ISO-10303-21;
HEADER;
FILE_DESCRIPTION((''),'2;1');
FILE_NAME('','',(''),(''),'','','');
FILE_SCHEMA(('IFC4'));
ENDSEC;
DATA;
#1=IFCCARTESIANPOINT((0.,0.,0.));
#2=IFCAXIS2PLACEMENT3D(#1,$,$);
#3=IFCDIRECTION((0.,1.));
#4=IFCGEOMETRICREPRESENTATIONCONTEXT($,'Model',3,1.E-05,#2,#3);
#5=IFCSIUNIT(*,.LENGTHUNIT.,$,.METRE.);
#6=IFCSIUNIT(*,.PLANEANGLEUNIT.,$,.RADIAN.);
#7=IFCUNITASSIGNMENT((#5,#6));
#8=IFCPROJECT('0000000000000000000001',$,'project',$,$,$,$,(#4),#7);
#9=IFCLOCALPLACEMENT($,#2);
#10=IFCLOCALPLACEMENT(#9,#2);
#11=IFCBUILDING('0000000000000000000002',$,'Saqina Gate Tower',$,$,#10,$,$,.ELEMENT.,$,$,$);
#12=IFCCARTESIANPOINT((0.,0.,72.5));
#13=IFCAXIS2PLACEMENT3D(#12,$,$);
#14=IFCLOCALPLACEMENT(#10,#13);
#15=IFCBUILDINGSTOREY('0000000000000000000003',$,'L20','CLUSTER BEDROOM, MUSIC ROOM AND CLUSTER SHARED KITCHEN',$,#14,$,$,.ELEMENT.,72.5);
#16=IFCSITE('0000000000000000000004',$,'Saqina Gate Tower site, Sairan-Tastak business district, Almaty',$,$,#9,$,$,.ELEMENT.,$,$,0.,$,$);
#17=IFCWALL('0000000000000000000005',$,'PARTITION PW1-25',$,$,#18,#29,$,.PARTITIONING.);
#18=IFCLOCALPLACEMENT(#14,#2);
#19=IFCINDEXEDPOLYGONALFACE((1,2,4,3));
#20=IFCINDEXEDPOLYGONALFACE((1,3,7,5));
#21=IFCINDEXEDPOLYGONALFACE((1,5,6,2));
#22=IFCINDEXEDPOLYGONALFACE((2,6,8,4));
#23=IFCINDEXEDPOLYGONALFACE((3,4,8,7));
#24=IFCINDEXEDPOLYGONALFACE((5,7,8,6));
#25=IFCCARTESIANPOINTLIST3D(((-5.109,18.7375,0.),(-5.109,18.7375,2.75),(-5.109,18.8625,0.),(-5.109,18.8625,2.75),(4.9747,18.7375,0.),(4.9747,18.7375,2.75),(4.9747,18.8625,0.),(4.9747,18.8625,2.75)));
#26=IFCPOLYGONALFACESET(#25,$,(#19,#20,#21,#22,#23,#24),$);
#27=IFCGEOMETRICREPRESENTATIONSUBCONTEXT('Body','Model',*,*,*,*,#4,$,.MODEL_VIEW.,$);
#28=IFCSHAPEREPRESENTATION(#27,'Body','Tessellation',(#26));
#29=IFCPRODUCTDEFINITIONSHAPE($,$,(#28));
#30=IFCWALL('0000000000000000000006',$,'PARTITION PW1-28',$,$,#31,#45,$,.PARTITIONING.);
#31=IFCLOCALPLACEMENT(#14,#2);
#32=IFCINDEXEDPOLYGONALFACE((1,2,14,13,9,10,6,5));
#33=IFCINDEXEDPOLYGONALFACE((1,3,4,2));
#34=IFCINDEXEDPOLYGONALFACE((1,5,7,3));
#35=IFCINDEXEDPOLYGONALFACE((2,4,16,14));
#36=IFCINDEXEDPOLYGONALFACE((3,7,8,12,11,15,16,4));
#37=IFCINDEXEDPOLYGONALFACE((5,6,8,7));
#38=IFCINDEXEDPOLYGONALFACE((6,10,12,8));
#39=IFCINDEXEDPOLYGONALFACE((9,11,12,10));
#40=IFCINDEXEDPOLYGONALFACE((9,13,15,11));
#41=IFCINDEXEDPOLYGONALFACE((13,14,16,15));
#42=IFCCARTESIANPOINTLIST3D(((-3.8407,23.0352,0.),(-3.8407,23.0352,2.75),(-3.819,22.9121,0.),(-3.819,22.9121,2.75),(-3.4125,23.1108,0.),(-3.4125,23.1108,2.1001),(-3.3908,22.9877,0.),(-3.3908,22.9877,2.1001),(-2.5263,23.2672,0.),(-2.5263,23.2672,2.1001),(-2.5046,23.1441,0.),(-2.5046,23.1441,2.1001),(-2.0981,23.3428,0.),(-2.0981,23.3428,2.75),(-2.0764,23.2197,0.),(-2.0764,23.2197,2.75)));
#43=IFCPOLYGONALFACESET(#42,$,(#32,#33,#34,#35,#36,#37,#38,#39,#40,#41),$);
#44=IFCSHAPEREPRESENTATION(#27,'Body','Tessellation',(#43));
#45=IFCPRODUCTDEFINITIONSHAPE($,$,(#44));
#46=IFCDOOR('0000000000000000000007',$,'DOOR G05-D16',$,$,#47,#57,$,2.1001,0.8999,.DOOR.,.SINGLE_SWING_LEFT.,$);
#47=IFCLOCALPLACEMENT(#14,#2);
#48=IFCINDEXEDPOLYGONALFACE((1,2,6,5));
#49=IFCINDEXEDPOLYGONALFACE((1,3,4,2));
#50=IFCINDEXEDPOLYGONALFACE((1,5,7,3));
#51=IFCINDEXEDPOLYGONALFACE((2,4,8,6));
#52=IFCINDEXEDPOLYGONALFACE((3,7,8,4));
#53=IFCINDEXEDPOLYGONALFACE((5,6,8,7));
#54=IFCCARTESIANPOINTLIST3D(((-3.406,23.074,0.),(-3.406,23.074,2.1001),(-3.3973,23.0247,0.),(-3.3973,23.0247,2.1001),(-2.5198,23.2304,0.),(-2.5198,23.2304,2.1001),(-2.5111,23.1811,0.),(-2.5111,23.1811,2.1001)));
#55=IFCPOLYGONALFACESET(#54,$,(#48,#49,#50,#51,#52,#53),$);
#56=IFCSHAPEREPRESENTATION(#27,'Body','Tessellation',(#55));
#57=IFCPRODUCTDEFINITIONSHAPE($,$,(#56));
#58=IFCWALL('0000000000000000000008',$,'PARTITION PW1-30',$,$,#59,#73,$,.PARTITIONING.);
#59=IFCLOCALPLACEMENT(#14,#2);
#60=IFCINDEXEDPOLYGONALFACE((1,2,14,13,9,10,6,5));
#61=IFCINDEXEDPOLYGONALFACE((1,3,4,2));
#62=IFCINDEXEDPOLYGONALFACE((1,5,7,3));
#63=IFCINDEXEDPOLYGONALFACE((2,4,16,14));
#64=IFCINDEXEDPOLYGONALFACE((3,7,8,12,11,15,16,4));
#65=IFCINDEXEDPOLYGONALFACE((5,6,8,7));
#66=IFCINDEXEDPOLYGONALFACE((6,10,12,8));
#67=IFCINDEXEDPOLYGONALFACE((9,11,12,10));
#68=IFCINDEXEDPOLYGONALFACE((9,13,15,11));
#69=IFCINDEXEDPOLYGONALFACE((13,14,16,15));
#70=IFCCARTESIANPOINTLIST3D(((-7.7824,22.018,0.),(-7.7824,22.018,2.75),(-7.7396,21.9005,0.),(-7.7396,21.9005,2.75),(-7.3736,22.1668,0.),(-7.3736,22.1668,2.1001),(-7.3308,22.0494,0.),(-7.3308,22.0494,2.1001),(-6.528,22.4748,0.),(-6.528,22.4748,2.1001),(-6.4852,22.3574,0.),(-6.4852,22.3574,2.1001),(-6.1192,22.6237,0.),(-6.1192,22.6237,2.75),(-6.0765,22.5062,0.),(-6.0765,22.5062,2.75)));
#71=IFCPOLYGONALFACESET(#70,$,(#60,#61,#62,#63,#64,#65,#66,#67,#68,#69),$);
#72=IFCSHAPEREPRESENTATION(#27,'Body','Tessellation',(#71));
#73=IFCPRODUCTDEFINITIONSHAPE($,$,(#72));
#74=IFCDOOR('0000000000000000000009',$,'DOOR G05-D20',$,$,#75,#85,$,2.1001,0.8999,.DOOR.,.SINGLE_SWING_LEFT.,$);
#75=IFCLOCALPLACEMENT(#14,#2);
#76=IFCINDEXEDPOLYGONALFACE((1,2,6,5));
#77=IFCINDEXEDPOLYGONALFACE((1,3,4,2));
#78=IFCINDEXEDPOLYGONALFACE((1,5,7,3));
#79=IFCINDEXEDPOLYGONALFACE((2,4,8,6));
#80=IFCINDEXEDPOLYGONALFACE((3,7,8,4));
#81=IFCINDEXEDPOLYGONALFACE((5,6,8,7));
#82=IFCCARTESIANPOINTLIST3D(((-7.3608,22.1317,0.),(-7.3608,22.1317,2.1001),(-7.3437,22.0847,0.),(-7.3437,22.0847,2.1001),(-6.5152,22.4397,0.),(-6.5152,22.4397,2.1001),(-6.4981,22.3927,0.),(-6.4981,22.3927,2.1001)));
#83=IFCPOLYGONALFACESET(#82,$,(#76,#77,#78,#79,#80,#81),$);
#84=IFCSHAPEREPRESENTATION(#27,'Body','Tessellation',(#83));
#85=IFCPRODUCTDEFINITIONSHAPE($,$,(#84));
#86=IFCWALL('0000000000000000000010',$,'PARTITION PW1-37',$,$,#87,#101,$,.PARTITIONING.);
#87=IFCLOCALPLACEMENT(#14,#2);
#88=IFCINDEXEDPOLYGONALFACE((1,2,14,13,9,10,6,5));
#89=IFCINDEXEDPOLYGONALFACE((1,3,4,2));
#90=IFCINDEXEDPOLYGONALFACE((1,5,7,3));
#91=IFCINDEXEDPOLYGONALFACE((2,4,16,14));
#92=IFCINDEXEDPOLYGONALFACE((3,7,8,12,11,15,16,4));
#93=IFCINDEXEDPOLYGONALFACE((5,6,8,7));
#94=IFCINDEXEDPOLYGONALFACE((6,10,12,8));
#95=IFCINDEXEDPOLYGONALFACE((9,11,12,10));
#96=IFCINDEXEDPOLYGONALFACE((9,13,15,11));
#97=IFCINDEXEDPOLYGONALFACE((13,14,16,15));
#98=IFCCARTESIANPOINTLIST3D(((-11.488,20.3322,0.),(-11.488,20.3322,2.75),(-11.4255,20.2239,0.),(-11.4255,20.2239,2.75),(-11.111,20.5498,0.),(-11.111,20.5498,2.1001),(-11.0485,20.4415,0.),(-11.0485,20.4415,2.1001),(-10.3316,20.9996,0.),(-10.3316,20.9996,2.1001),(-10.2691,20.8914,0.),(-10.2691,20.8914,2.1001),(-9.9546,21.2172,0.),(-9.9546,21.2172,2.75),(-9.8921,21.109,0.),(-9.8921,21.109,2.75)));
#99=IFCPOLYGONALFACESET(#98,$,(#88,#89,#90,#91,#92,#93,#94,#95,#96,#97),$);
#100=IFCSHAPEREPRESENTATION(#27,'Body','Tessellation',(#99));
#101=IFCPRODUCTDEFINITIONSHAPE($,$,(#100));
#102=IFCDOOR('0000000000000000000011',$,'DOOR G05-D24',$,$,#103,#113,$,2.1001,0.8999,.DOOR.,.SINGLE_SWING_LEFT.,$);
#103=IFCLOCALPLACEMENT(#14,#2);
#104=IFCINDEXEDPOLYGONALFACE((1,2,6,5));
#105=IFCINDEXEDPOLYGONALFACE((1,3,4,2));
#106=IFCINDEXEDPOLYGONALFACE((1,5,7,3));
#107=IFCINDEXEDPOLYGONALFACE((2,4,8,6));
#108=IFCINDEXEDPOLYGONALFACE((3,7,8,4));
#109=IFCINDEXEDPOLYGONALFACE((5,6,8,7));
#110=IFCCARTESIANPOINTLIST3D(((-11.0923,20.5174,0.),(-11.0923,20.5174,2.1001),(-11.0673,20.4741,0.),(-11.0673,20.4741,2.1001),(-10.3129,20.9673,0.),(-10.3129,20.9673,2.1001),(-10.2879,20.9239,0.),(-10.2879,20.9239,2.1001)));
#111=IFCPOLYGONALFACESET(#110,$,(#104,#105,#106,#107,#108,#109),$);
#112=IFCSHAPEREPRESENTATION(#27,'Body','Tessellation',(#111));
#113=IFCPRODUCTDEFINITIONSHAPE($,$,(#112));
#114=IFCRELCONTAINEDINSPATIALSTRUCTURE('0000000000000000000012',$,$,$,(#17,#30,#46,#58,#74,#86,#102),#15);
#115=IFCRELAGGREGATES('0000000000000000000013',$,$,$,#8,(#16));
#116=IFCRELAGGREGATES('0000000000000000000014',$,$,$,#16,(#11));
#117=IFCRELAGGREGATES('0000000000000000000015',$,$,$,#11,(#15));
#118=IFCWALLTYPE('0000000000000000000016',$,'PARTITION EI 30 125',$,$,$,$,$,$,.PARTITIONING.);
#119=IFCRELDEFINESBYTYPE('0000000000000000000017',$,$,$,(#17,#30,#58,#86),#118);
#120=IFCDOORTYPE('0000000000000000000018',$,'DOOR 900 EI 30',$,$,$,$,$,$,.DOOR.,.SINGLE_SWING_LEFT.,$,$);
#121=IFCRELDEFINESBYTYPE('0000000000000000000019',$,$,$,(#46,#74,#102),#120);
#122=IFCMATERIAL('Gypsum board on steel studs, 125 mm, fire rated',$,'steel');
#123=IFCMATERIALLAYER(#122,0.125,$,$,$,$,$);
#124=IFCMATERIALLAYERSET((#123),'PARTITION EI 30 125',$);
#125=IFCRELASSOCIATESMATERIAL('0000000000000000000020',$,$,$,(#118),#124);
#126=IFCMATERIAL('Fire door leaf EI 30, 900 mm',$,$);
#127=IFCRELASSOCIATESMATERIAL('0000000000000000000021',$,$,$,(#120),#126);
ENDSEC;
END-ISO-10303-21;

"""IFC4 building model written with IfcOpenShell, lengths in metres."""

from ifc_helpers import new_model, si_unit, direction, frame, frame_2d, origin, place, context, subcontext, project, spatial, rectangle, extrude, material, layer, layer_set, type_object, element, fill, save


model = new_model("IFC4")

# Units and contexts
model_context = context("Model", 3, precision=1e-05, world=origin(), true_north=direction((0.0, 1.0)))
body_context = subcontext(model_context, "Body", "Model", "MODEL_VIEW")
ifc_project = project(units=[si_unit("LENGTHUNIT", "METRE"), si_unit("PLANEANGLEUNIT", "RADIAN")], contexts=[model_context])

# Site, building, storey
site_placement = place(None, origin())
site = spatial("IfcSite", under=ifc_project, at=site_placement, Name="Saqina Gate Tower site, Sairan-Tastak business district, Almaty", CompositionType="ELEMENT", RefElevation=0.0)
building_placement = place(site_placement, origin())
building = spatial("IfcBuilding", under=site, at=building_placement, Name="Saqina Gate Tower", CompositionType="ELEMENT")
storey_placement = place(building_placement, frame((0.0, 0.0, 72.5)))
storey = spatial("IfcBuildingStorey", under=building, at=storey_placement, Name="L20", Description="CLUSTER BEDROOM, MUSIC ROOM AND CLUSTER SHARED KITCHEN", CompositionType="ELEMENT", Elevation=72.5)

# Shared definitions
ifc_material_1 = material(Name="Gypsum board on steel studs, 125 mm, fire rated", Category="steel")
ifc_layer_1 = layer(ifc_material_1, 0.125)
ifc_layer_set_1 = layer_set([ifc_layer_1], Name="PARTITION EI 30 125")
wall_type_1 = type_object("IfcWallType", Name="PARTITION EI 30 125", PredefinedType="PARTITIONING", material=ifc_layer_set_1)
ifc_material_2 = material(Name="Fire door leaf EI 30, 900 mm")
door_type_1 = type_object("IfcDoorType", Name="DOOR 900 EI 30", OperationType="SINGLE_SWING_LEFT", PredefinedType="DOOR", material=ifc_material_2)

# Wall
wall_1_placement = place(storey_placement, frame((-5.1091, 18.8, 0.0), z_axis=(0.0, 0.0, 1.0), x_axis=(1.0, 0.0, 0.0)))
element("IfcWall", 1, at=wall_1_placement, inside=storey, type_object=wall_type_1, Name="PARTITION PW1-25", PredefinedType="PARTITIONING", context=body_context, shape_type="SweptSolid", body=[
    extrude(rectangle(XDim=10.0837, YDim=0.125, at=frame_2d((5.042, 0.0))), origin(), (0.0, 0.0, 1.0), 2.75),
])

# Walls, openings, doors
wall_2_placement = place(storey_placement, frame((-3.8298, 22.9736, 0.0), z_axis=(0.0, 0.0, 1.0), x_axis=(0.984775, 0.173833, 0.0)))
wall_2 = element("IfcWall", 2, at=wall_2_placement, inside=storey, type_object=wall_type_1, Name="PARTITION PW1-28", PredefinedType="PARTITIONING", context=body_context, shape_type="SweptSolid", body=[
    extrude(rectangle(XDim=1.7695, YDim=0.125, at=frame_2d((0.8848, 0.0))), origin(), (0.0, 0.0, 1.0), 2.75),
])
opening_1_placement = place(wall_2_placement, frame((0.4348, 0.0, 0.0)))
opening_1 = element("IfcOpeningElement", 3, at=opening_1_placement, cuts=wall_2, PredefinedType="OPENING", context=body_context, shape_type="SweptSolid", body=[
    extrude(rectangle(XDim=0.8999, YDim=2.1001, at=frame_2d((0.45, 1.05))), frame((0.0, 0.0745, 0.0), z_axis=(0.0, -1.0, 0.0), x_axis=(1.0, 0.0, 0.0)), (0.0, 0.0, 1.0), 0.1489),
])
door_1_placement = place(opening_1_placement, frame((0.8999, 0.0, 0.0), z_axis=(0.0, 0.0, 1.0), x_axis=(-1.0, 0.0, 0.0)))
door_1 = element("IfcDoor", 4, at=door_1_placement, inside=storey, type_object=door_type_1, Name="DOOR G05-D16", OperationType="SINGLE_SWING_LEFT", OverallHeight=2.1001, OverallWidth=0.8999, PredefinedType="DOOR", context=body_context, shape_type="SweptSolid", body=[
    extrude(rectangle(XDim=0.8999, YDim=2.1001, at=frame_2d((0.45, 1.05))), frame((0.0, 0.0249, 0.0), z_axis=(0.0, -1.0, 0.0), x_axis=(1.0, 0.0, 0.0)), (0.0, 0.0, 1.0), 0.05),
])
fill(opening_1, door_1)
wall_3_placement = place(storey_placement, frame((-7.761, 21.9592, 0.0), z_axis=(0.0, 0.0, 1.0), x_axis=(0.93962, 0.342219, 0.0)))
wall_3 = element("IfcWall", 5, at=wall_3_placement, inside=storey, type_object=wall_type_1, Name="PARTITION PW1-30", PredefinedType="PARTITIONING", context=body_context, shape_type="SweptSolid", body=[
    extrude(rectangle(XDim=1.77, YDim=0.125, at=frame_2d((0.885, 0.0))), origin(), (0.0, 0.0, 1.0), 2.75),
])
opening_2_placement = place(wall_3_placement, frame((0.4351, 0.0, 0.0)))
opening_2 = element("IfcOpeningElement", 6, at=opening_2_placement, cuts=wall_3, PredefinedType="OPENING", context=body_context, shape_type="SweptSolid", body=[
    extrude(rectangle(XDim=0.8999, YDim=2.1001, at=frame_2d((0.45, 1.05))), frame((0.0, 0.0745, 0.0), z_axis=(0.0, -1.0, 0.0), x_axis=(1.0, 0.0, 0.0)), (0.0, 0.0, 1.0), 0.1489),
])
door_2_placement = place(opening_2_placement, frame((0.8999, 0.0, 0.0), z_axis=(0.0, 0.0, 1.0), x_axis=(-1.0, 0.0, 0.0)))
door_2 = element("IfcDoor", 7, at=door_2_placement, inside=storey, type_object=door_type_1, Name="DOOR G05-D20", OperationType="SINGLE_SWING_LEFT", OverallHeight=2.1001, OverallWidth=0.8999, PredefinedType="DOOR", context=body_context, shape_type="SweptSolid", body=[
    extrude(rectangle(XDim=0.8999, YDim=2.1001, at=frame_2d((0.45, 1.05))), frame((0.0, 0.0249, 0.0), z_axis=(0.0, -1.0, 0.0), x_axis=(1.0, 0.0, 0.0)), (0.0, 0.0, 1.0), 0.05),
])
fill(opening_2, door_2)
wall_4_placement = place(storey_placement, frame((-11.4568, 20.2781, 0.0), z_axis=(0.0, 0.0, 1.0), x_axis=(0.866105, 0.499862, 0.0)))
wall_4 = element("IfcWall", 8, at=wall_4_placement, inside=storey, type_object=wall_type_1, Name="PARTITION PW1-37", PredefinedType="PARTITIONING", context=body_context, shape_type="SweptSolid", body=[
    extrude(rectangle(XDim=1.7705, YDim=0.125, at=frame_2d((0.8853, 0.0))), origin(), (0.0, 0.0, 1.0), 2.75),
])
opening_3_placement = place(wall_4_placement, frame((0.4353, 0.0, 0.0)))
opening_3 = element("IfcOpeningElement", 9, at=opening_3_placement, cuts=wall_4, PredefinedType="OPENING", context=body_context, shape_type="SweptSolid", body=[
    extrude(rectangle(XDim=0.8999, YDim=2.1001, at=frame_2d((0.45, 1.05))), frame((0.0, 0.0745, 0.0), z_axis=(0.0, -1.0, 0.0), x_axis=(1.0, 0.0, 0.0)), (0.0, 0.0, 1.0), 0.1489),
])
door_3_placement = place(opening_3_placement, frame((0.8999, 0.0, 0.0), z_axis=(0.0, 0.0, 1.0), x_axis=(-1.0, 0.0, 0.0)))
door_3 = element("IfcDoor", 10, at=door_3_placement, inside=storey, type_object=door_type_1, Name="DOOR G05-D24", OperationType="SINGLE_SWING_LEFT", OverallHeight=2.1001, OverallWidth=0.8999, PredefinedType="DOOR", context=body_context, shape_type="SweptSolid", body=[
    extrude(rectangle(XDim=0.8999, YDim=2.1001, at=frame_2d((0.45, 1.05))), frame((0.0, 0.0249, 0.0), z_axis=(0.0, -1.0, 0.0), x_axis=(1.0, 0.0, 0.0)), (0.0, 0.0, 1.0), 0.05),
])
fill(opening_3, door_3)

save(model, "model.ifc")
